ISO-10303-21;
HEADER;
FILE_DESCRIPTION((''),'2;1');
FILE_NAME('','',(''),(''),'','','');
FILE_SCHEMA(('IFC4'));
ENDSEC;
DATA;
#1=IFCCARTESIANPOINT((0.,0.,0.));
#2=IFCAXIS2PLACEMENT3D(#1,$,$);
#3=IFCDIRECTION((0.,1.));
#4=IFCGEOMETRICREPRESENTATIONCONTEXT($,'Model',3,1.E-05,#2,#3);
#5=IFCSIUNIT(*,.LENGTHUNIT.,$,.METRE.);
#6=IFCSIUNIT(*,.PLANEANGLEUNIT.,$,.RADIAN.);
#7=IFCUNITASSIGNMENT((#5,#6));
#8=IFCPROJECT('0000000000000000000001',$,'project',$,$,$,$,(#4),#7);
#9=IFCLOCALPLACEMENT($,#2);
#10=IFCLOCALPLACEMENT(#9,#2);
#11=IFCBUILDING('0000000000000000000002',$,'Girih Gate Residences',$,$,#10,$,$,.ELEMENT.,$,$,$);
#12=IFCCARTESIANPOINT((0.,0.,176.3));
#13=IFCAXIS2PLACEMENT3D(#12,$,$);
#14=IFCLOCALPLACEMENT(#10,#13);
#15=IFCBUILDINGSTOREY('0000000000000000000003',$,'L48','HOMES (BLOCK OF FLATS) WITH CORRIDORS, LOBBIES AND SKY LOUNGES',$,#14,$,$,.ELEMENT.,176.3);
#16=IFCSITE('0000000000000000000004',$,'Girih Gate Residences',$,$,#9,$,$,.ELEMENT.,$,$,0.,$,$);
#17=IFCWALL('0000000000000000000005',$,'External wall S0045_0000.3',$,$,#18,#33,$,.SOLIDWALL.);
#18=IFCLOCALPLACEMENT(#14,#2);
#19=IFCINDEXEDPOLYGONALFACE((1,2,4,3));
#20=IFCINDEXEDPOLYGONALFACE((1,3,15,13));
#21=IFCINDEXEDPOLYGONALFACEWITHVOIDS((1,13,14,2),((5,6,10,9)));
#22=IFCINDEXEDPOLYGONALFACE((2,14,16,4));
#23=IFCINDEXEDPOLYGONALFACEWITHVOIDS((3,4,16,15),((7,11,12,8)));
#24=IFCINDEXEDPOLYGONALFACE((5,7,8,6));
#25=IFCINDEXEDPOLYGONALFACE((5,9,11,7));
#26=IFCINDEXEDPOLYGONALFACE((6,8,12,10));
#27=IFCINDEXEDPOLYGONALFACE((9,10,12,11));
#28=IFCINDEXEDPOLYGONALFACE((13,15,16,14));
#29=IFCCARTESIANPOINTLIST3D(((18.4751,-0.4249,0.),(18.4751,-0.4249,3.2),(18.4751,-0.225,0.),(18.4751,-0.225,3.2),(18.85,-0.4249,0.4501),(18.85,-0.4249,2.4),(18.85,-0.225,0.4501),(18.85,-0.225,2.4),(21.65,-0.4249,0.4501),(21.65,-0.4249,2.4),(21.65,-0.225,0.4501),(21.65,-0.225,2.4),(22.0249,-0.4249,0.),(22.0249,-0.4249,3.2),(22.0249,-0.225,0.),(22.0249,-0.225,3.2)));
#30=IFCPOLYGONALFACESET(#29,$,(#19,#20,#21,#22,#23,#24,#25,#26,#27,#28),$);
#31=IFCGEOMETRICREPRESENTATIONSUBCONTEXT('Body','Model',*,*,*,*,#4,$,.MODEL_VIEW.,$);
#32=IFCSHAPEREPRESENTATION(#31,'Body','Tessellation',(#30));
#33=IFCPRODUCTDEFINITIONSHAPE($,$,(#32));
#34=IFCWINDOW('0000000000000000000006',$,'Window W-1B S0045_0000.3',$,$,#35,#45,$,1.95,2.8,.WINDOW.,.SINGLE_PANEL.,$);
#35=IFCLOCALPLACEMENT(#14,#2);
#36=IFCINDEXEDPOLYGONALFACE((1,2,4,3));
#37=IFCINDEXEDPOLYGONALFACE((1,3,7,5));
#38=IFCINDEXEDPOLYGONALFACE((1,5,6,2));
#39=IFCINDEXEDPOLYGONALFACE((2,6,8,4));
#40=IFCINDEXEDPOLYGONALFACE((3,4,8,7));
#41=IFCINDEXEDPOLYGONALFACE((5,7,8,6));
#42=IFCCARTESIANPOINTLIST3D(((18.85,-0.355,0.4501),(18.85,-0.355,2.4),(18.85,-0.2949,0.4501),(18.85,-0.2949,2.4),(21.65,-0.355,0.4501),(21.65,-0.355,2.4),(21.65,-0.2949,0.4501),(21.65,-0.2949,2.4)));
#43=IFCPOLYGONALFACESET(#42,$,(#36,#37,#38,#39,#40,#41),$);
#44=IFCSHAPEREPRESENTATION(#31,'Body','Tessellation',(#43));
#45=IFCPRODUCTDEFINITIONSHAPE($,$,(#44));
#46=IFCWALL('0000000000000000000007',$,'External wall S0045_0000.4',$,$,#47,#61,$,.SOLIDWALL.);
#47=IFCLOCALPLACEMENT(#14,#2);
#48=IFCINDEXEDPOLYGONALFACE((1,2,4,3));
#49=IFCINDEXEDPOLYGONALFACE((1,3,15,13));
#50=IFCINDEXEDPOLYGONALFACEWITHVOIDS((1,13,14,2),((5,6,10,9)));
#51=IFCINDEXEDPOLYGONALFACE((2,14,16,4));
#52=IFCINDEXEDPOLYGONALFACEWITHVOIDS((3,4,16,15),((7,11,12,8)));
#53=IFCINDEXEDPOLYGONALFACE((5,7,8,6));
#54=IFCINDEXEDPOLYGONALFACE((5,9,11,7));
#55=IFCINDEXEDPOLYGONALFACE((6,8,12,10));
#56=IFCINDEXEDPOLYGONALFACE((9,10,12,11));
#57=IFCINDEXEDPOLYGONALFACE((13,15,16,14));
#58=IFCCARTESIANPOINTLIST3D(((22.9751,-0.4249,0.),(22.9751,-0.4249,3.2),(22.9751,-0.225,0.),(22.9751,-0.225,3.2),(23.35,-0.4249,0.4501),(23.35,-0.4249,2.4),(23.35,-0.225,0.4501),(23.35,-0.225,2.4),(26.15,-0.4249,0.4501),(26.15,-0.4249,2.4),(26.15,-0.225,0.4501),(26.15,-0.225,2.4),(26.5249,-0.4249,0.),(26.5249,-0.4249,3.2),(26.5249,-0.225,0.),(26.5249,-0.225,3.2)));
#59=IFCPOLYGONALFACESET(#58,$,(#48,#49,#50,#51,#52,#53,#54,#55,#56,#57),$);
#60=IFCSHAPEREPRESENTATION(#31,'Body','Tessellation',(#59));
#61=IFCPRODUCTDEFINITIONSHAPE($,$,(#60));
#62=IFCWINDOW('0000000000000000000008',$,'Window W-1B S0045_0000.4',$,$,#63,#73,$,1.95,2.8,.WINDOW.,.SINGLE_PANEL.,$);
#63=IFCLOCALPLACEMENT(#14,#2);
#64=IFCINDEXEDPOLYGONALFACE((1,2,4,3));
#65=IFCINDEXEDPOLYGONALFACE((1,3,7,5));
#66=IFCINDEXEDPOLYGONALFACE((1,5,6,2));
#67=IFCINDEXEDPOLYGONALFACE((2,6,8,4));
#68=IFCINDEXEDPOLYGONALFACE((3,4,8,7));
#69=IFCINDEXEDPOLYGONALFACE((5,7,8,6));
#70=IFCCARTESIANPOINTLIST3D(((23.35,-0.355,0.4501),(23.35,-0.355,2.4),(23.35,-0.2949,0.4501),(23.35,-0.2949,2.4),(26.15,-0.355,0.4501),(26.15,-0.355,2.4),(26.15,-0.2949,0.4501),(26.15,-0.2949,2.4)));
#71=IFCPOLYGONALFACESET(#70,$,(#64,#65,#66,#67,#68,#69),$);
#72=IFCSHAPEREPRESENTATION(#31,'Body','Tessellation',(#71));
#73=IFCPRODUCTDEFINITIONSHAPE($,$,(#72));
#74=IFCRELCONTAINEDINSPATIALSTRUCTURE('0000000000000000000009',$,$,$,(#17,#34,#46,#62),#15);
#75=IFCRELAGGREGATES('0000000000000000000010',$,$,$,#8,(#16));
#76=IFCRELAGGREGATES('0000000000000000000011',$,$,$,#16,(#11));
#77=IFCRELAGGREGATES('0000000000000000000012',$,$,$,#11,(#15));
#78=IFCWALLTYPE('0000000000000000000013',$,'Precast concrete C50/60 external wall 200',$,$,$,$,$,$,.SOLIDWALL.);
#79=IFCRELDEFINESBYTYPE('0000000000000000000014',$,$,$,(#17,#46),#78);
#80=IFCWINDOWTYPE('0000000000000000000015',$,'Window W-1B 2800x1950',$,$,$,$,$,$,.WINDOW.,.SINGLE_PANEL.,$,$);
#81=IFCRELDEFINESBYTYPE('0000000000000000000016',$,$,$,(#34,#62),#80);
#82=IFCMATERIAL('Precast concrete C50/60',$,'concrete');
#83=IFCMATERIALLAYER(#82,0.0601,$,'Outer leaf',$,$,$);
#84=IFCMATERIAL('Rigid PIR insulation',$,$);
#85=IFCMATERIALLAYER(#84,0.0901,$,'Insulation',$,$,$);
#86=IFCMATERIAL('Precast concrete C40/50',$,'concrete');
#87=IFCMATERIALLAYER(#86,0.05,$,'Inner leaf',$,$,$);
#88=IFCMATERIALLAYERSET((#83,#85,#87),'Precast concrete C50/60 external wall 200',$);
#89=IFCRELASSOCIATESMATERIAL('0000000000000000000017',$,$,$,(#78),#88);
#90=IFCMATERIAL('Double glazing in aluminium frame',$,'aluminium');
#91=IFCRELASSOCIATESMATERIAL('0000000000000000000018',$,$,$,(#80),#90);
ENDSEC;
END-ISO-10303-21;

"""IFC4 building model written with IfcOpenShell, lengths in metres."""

from ifc_helpers import new_model, si_unit, direction, frame, frame_2d, origin, place, context, subcontext, project, spatial, rectangle, extrude, material, layer, layer_set, type_object, element, fill, save


model = new_model("IFC4")

# Units and contexts
model_context = context("Model", 3, precision=1e-05, world=origin(), true_north=direction((0.0, 1.0)))
body_context = subcontext(model_context, "Body", "Model", "MODEL_VIEW")
ifc_project = project(units=[si_unit("LENGTHUNIT", "METRE"), si_unit("PLANEANGLEUNIT", "RADIAN")], contexts=[model_context])

# Site, building, storey
site_placement = place(None, origin())
site = spatial("IfcSite", under=ifc_project, at=site_placement, Name="Girih Gate Residences", CompositionType="ELEMENT", RefElevation=0.0)
building_placement = place(site_placement, origin())
building = spatial("IfcBuilding", under=site, at=building_placement, Name="Girih Gate Residences", CompositionType="ELEMENT")
storey_placement = place(building_placement, frame((0.0, 0.0, 176.3)))
storey = spatial("IfcBuildingStorey", under=building, at=storey_placement, Name="L48", Description="HOMES (BLOCK OF FLATS) WITH CORRIDORS, LOBBIES AND SKY LOUNGES", CompositionType="ELEMENT", Elevation=176.3)

# Walls, openings, windows
ifc_material_1 = material(Name="Precast concrete C50/60", Category="concrete")
ifc_layer_1 = layer(ifc_material_1, 0.0601, Name="Outer leaf")
ifc_material_2 = material(Name="Rigid PIR insulation")
ifc_layer_2 = layer(ifc_material_2, 0.0901, Name="Insulation")
ifc_material_3 = material(Name="Precast concrete C40/50", Category="concrete")
ifc_layer_3 = layer(ifc_material_3, 0.05, Name="Inner leaf")
ifc_layer_set_1 = layer_set([ifc_layer_1, ifc_layer_2, ifc_layer_3], Name="Precast concrete C50/60 external wall 200")
wall_type_1 = type_object("IfcWallType", Name="Precast concrete C50/60 external wall 200", PredefinedType="SOLIDWALL", material=ifc_layer_set_1)
wall_1_placement = place(storey_placement, frame((22.0249, -0.325, 0.0), z_axis=(0.0, 0.0, 1.0), x_axis=(-1.0, 0.0, 0.0)))
wall_1 = element("IfcWall", 1, at=wall_1_placement, inside=storey, type_object=wall_type_1, Name="External wall S0045_0000.3", PredefinedType="SOLIDWALL", context=body_context, shape_type="SweptSolid", body=[
    extrude(rectangle(XDim=3.5498, YDim=0.2, at=frame_2d((1.7749, 0.0))), origin(), (0.0, 0.0, 1.0), 3.2),
])
opening_1_placement = place(wall_1_placement, frame((0.375, 0.0, 0.45)))
opening_1 = element("IfcOpeningElement", 2, at=opening_1_placement, cuts=wall_1, PredefinedType="OPENING", context=body_context, shape_type="SweptSolid", body=[
    extrude(rectangle(XDim=2.8, YDim=1.95, at=frame_2d((1.3999, 0.9751))), frame((0.0, 0.1099, 0.0), z_axis=(0.0, -1.0, 0.0), x_axis=(1.0, 0.0, 0.0)), (0.0, 0.0, 1.0), 0.22),
])
ifc_material_4 = material(Name="Double glazing in aluminium frame", Category="aluminium")
window_type = type_object("IfcWindowType", Name="Window W-1B 2800x1950", PartitioningType="SINGLE_PANEL", PredefinedType="WINDOW", material=ifc_material_4)
window_1_placement = place(opening_1_placement, origin())
window_1 = element("IfcWindow", 3, at=window_1_placement, inside=storey, type_object=window_type, Name="Window W-1B S0045_0000.3", OverallHeight=1.95, OverallWidth=2.8, PartitioningType="SINGLE_PANEL", PredefinedType="WINDOW", context=body_context, shape_type="SweptSolid", body=[
    extrude(rectangle(XDim=2.8, YDim=1.95, at=frame_2d((1.3999, 0.9751))), frame((0.0, 0.03, 0.0), z_axis=(0.0, -1.0, 0.0), x_axis=(1.0, 0.0, 0.0)), (0.0, 0.0, 1.0), 0.0601),
])
fill(opening_1, window_1)
wall_2_placement = place(storey_placement, frame((26.5249, -0.325, 0.0), z_axis=(0.0, 0.0, 1.0), x_axis=(-1.0, 0.0, 0.0)))
wall_2 = element("IfcWall", 4, at=wall_2_placement, inside=storey, type_object=wall_type_1, Name="External wall S0045_0000.4", PredefinedType="SOLIDWALL", context=body_context, shape_type="SweptSolid", body=[
    extrude(rectangle(XDim=3.5498, YDim=0.2, at=frame_2d((1.7749, 0.0))), origin(), (0.0, 0.0, 1.0), 3.2),
])
opening_2_placement = place(wall_2_placement, frame((0.375, 0.0, 0.45)))
opening_2 = element("IfcOpeningElement", 5, at=opening_2_placement, cuts=wall_2, PredefinedType="OPENING", context=body_context, shape_type="SweptSolid", body=[
    extrude(rectangle(XDim=2.8, YDim=1.95, at=frame_2d((1.3999, 0.9751))), frame((0.0, 0.1099, 0.0), z_axis=(0.0, -1.0, 0.0), x_axis=(1.0, 0.0, 0.0)), (0.0, 0.0, 1.0), 0.22),
])
window_2_placement = place(opening_2_placement, origin())
window_2 = element("IfcWindow", 6, at=window_2_placement, inside=storey, type_object=window_type, Name="Window W-1B S0045_0000.4", OverallHeight=1.95, OverallWidth=2.8, PartitioningType="SINGLE_PANEL", PredefinedType="WINDOW", context=body_context, shape_type="SweptSolid", body=[
    extrude(rectangle(XDim=2.8, YDim=1.95, at=frame_2d((1.3999, 0.9751))), frame((0.0, 0.03, 0.0), z_axis=(0.0, -1.0, 0.0), x_axis=(1.0, 0.0, 0.0)), (0.0, 0.0, 1.0), 0.0601),
])
fill(opening_2, window_2)

save(model, "model.ifc")
